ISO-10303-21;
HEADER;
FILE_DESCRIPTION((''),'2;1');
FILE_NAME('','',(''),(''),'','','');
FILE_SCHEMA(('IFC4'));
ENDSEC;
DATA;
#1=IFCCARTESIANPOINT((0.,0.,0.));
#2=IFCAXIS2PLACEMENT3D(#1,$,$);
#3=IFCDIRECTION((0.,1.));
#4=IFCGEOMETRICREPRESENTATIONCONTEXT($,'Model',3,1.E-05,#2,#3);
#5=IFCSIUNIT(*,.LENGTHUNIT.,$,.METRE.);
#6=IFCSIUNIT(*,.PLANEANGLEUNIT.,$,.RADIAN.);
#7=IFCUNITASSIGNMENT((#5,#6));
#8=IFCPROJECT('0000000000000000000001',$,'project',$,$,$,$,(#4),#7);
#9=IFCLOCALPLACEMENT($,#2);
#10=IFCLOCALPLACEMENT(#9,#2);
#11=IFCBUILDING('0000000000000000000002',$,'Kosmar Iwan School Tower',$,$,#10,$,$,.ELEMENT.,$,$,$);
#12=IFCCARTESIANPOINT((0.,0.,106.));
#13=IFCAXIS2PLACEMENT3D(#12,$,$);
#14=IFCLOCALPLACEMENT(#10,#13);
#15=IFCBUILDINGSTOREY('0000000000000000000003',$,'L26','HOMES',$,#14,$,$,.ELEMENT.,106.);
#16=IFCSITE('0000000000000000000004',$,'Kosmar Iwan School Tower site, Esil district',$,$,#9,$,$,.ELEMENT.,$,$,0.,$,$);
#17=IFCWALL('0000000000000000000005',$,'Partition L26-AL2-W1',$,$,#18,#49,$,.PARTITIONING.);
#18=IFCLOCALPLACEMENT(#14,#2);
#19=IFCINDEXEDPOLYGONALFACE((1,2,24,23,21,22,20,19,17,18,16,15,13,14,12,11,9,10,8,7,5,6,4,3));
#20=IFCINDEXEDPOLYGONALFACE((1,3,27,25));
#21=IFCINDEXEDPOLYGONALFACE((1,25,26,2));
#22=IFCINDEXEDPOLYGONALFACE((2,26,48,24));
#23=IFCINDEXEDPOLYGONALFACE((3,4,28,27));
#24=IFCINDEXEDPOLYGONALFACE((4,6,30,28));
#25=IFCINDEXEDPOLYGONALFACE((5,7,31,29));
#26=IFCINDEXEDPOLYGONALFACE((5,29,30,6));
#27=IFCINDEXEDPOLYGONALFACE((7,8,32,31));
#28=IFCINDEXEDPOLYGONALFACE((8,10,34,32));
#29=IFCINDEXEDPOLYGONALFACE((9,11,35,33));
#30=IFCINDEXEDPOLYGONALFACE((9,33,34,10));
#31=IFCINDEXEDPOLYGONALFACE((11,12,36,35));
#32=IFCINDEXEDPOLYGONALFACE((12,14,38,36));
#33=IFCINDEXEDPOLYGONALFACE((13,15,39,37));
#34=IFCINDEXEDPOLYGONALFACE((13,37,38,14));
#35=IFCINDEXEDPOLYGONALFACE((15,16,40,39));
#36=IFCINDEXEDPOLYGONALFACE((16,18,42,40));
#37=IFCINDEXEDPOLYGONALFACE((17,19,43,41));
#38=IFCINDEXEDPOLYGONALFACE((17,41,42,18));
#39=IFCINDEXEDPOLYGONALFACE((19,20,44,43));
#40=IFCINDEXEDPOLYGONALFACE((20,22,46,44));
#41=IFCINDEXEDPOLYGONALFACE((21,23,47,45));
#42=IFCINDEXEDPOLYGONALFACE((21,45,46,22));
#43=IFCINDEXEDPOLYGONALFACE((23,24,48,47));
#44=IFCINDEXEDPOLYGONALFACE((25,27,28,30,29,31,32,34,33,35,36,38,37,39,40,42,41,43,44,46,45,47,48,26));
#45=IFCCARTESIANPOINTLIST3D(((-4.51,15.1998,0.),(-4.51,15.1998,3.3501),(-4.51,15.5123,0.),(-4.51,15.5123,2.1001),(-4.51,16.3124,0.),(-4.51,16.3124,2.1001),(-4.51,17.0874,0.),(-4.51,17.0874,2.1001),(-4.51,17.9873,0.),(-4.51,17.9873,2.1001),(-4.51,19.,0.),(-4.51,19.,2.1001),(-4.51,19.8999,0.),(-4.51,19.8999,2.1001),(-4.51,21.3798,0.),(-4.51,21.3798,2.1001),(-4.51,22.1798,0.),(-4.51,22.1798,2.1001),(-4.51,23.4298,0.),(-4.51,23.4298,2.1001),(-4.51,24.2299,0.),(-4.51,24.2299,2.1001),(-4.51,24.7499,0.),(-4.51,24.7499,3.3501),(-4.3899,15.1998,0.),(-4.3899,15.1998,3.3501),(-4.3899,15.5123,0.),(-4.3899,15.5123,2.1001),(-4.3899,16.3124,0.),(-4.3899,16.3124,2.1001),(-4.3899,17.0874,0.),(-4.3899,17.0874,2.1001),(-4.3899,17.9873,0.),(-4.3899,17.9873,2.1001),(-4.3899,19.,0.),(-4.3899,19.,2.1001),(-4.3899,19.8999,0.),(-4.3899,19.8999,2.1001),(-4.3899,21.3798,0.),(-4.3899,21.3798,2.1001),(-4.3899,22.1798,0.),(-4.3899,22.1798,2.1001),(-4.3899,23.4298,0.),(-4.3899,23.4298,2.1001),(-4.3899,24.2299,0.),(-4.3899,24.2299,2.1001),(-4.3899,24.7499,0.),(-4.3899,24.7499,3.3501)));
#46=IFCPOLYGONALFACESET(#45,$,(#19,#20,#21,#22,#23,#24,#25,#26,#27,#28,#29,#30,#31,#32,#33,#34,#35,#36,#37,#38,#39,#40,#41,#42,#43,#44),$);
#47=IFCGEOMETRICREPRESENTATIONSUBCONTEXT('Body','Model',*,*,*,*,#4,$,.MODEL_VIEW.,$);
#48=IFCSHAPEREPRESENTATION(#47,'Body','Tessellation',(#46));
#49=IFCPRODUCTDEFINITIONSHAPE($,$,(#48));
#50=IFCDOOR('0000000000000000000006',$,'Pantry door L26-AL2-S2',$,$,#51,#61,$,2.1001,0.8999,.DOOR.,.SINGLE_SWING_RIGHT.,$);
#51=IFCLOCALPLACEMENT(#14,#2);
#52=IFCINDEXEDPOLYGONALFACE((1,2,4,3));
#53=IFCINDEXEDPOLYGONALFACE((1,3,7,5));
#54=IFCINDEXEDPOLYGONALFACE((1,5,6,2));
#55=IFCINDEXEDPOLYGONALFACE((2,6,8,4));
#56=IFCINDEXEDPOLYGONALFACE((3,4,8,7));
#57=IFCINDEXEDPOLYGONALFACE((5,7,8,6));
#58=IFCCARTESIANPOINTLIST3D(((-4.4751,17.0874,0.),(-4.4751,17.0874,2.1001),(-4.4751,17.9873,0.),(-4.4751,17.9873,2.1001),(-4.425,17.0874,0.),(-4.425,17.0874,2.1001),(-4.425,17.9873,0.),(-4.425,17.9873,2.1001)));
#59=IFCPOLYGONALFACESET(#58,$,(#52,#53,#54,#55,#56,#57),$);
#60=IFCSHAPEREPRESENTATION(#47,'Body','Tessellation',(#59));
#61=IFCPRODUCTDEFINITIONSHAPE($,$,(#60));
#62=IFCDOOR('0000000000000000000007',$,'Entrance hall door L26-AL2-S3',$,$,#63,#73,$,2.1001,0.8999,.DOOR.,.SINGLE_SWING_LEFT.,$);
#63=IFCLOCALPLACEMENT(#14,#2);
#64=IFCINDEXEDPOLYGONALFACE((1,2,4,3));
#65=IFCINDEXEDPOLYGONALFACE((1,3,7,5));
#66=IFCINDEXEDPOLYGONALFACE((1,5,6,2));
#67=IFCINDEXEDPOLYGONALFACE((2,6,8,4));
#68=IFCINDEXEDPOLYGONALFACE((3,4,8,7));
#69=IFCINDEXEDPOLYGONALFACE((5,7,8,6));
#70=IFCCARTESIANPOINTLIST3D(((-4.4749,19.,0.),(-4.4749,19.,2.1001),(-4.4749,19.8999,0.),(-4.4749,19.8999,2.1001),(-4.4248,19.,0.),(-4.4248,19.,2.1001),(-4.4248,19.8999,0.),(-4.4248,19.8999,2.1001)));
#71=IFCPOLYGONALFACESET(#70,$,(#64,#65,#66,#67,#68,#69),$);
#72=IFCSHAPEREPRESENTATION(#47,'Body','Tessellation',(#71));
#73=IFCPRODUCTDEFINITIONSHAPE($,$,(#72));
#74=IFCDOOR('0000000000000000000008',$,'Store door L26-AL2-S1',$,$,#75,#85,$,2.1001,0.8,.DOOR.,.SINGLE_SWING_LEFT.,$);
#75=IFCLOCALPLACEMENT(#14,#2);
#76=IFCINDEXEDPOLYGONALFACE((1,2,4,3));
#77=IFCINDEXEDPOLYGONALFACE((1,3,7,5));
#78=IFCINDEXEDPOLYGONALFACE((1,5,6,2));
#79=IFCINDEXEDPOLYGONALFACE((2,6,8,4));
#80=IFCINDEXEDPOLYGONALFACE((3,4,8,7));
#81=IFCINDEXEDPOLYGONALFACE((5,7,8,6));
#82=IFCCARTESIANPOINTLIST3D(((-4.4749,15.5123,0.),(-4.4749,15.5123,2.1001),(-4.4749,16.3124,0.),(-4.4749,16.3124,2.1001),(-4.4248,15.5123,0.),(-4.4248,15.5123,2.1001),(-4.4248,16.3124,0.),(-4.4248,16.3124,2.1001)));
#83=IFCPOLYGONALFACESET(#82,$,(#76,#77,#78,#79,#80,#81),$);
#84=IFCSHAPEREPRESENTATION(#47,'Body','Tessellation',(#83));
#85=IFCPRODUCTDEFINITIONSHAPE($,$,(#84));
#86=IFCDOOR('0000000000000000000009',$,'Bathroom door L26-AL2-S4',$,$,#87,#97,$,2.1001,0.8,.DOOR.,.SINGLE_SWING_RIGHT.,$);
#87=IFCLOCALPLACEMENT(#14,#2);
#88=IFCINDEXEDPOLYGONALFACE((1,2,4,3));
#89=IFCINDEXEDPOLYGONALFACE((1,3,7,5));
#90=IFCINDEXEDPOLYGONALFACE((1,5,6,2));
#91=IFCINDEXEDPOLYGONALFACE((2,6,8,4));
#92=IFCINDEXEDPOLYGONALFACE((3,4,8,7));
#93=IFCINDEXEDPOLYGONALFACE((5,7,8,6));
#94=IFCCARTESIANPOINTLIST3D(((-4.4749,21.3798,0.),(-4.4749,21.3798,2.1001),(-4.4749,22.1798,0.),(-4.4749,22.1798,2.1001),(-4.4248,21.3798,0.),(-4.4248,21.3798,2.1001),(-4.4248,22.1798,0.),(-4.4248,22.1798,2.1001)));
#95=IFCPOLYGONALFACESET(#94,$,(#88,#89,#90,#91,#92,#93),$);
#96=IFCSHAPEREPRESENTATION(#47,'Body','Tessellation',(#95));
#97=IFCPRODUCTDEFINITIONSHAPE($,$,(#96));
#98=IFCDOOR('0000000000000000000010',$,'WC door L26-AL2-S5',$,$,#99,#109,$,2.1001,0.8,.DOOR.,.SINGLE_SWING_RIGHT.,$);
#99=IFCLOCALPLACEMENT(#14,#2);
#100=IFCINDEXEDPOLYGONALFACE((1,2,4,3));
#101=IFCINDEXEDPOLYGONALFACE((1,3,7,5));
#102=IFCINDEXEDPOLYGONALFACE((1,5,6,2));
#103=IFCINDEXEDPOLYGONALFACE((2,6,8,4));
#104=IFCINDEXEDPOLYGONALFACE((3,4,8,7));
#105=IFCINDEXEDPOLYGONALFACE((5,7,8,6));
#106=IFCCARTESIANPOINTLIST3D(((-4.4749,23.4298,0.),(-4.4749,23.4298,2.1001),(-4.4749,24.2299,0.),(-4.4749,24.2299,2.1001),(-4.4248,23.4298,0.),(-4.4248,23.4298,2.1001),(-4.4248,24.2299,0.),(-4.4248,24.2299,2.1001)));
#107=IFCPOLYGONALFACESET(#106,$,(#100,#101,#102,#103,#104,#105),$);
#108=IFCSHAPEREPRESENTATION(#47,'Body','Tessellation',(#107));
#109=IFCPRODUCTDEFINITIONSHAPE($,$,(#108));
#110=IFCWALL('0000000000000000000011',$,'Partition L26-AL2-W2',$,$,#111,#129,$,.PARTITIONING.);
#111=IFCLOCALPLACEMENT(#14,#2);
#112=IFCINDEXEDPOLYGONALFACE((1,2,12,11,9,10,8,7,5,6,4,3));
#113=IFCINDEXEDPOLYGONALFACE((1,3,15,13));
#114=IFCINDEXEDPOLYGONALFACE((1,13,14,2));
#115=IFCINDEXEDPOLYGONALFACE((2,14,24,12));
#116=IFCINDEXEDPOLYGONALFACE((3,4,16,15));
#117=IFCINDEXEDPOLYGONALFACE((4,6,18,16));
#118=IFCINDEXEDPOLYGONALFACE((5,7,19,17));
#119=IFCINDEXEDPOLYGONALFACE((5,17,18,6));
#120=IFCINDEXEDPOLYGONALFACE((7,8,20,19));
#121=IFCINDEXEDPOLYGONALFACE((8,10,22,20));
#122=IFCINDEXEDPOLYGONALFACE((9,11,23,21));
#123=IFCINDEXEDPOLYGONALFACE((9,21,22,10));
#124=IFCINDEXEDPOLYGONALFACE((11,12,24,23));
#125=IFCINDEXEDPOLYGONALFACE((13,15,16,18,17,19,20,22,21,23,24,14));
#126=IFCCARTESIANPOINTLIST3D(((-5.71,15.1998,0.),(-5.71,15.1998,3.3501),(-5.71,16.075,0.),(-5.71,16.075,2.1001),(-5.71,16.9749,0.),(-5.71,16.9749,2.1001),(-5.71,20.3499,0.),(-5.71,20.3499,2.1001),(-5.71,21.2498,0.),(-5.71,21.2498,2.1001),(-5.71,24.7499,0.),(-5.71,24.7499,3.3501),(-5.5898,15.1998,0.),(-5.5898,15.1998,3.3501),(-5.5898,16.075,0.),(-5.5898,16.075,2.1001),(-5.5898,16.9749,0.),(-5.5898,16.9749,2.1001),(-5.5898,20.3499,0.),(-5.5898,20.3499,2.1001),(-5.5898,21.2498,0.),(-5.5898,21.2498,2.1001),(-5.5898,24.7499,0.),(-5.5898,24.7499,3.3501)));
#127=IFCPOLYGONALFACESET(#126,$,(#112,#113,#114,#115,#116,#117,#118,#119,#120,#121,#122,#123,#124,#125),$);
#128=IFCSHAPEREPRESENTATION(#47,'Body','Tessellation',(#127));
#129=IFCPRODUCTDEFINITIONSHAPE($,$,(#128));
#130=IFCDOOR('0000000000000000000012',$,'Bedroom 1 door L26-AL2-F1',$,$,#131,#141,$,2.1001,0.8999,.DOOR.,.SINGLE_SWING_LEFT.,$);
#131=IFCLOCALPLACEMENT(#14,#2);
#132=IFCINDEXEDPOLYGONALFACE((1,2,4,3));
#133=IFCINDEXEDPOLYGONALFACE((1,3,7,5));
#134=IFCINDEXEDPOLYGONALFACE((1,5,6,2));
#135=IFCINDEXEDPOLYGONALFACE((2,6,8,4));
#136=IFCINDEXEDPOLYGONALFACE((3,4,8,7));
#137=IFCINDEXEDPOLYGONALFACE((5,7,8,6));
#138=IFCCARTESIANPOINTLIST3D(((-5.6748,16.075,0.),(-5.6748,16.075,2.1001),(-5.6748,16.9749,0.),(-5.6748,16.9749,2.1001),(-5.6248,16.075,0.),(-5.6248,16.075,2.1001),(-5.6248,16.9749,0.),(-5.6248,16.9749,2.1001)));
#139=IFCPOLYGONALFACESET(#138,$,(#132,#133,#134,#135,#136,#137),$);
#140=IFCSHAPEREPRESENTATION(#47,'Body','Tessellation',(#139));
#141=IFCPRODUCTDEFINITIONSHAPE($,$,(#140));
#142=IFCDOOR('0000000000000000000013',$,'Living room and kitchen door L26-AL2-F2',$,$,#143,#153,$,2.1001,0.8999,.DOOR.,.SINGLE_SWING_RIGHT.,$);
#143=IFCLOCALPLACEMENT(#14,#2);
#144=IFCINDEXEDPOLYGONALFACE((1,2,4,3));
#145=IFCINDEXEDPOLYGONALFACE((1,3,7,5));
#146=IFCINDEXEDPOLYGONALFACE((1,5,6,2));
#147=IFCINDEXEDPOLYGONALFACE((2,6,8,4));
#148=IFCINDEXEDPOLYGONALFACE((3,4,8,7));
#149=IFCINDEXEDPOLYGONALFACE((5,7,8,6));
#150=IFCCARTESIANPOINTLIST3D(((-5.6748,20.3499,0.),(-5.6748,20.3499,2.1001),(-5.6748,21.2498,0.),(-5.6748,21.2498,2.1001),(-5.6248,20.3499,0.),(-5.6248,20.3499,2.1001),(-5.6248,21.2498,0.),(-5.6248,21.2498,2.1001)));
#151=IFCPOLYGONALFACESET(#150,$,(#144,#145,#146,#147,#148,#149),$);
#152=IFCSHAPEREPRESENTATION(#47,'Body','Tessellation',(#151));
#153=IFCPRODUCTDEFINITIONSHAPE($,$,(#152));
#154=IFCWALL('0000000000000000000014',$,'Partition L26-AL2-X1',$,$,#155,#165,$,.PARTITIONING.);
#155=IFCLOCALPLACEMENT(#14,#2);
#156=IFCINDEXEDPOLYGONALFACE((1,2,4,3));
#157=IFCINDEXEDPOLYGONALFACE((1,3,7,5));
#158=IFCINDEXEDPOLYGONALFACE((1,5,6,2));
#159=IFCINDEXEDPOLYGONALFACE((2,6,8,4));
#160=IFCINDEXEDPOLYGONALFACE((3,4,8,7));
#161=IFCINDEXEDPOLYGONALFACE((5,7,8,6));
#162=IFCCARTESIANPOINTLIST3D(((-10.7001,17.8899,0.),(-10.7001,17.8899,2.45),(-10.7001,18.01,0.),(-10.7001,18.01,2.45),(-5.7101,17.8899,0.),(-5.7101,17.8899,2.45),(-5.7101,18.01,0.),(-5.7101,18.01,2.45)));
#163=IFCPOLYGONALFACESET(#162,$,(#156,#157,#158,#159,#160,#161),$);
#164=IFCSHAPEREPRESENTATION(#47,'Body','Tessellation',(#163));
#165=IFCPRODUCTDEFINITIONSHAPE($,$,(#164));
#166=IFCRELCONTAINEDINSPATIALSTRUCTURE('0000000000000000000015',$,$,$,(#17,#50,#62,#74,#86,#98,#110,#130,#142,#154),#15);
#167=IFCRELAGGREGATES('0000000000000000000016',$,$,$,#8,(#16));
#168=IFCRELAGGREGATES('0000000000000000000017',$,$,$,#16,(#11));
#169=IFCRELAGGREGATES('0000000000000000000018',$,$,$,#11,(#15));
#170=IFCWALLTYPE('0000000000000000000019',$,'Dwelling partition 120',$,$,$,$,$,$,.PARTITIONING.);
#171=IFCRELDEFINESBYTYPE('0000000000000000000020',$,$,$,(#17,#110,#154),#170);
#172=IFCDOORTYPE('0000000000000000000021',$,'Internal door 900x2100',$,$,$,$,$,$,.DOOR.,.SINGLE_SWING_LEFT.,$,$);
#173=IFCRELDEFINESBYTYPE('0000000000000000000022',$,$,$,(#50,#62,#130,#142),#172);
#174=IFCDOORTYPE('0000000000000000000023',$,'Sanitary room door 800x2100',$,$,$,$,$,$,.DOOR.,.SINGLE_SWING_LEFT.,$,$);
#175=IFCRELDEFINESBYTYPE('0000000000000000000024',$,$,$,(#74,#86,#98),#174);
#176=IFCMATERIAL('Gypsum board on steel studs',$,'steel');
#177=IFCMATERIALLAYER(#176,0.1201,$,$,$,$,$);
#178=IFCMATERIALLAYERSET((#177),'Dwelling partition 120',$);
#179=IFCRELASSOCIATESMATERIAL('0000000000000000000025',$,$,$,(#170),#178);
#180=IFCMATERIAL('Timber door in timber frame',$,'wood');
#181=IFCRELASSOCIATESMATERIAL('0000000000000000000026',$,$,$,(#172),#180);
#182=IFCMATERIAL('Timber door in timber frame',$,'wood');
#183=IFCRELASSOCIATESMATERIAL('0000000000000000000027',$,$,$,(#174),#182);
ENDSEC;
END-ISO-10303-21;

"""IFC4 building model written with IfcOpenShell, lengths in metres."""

from ifc_helpers import new_model, si_unit, direction, frame, frame_2d, origin, place, context, subcontext, project, spatial, rectangle, extrude, material, layer, layer_set, type_object, element, fill, save


model = new_model("IFC4")

# Units and contexts
model_context = context("Model", 3, precision=1e-05, world=origin(), true_north=direction((0.0, 1.0)))
body_context = subcontext(model_context, "Body", "Model", "MODEL_VIEW")
ifc_project = project(units=[si_unit("LENGTHUNIT", "METRE"), si_unit("PLANEANGLEUNIT", "RADIAN")], contexts=[model_context])

# Site, building, storey
site_placement = place(None, origin())
site = spatial("IfcSite", under=ifc_project, at=site_placement, Name="Kosmar Iwan School Tower site, Esil district", CompositionType="ELEMENT", RefElevation=0.0)
building_placement = place(site_placement, origin())
building = spatial("IfcBuilding", under=site, at=building_placement, Name="Kosmar Iwan School Tower", CompositionType="ELEMENT")
storey_placement = place(building_placement, frame((0.0, 0.0, 106.0)))
storey = spatial("IfcBuildingStorey", under=building, at=storey_placement, Name="L26", Description="HOMES", CompositionType="ELEMENT", Elevation=106.0)

# Shared definitions
ifc_material_1 = material(Name="Gypsum board on steel studs", Category="steel")
ifc_layer_1 = layer(ifc_material_1, 0.1201)
ifc_layer_set_1 = layer_set([ifc_layer_1], Name="Dwelling partition 120")
wall_type_1 = type_object("IfcWallType", Name="Dwelling partition 120", PredefinedType="PARTITIONING", material=ifc_layer_set_1)

# Walls, openings, doors
wall_1_placement = place(storey_placement, frame((-4.45, 15.2, 0.0), z_axis=(0.0, 0.0, 1.0), x_axis=(0.0, 1.0, 0.0)))
wall_1 = element("IfcWall", 1, at=wall_1_placement, inside=storey, type_object=wall_type_1, Name="Partition L26-AL2-W1", PredefinedType="PARTITIONING", context=body_context, shape_type="SweptSolid", body=[
    extrude(rectangle(XDim=9.55, YDim=0.1201, at=frame_2d((4.7749, 0.0))), origin(), (0.0, 0.0, 1.0), 3.3501),
])
opening_1_placement = place(wall_1_placement, frame((0.3125, 0.0, 0.0)))
opening_1 = element("IfcOpeningElement", 2, at=opening_1_placement, cuts=wall_1, PredefinedType="OPENING", context=body_context, shape_type="SweptSolid", body=[
    extrude(rectangle(XDim=0.8, YDim=2.1001, at=frame_2d((0.3999, 1.05))), frame((0.0, 0.072, 0.0), z_axis=(0.0, -1.0, 0.0), x_axis=(1.0, 0.0, 0.0)), (0.0, 0.0, 1.0), 0.144),
])
opening_2_placement = place(wall_1_placement, frame((1.8875, 0.0, 0.0)))
opening_2 = element("IfcOpeningElement", 3, at=opening_2_placement, cuts=wall_1, PredefinedType="OPENING", context=body_context, shape_type="SweptSolid", body=[
    extrude(rectangle(XDim=0.8999, YDim=2.1001, at=frame_2d((0.45, 1.05))), frame((0.0, 0.072, 0.0), z_axis=(0.0, -1.0, 0.0), x_axis=(1.0, 0.0, 0.0)), (0.0, 0.0, 1.0), 0.144),
])
opening_3_placement = place(wall_1_placement, frame((3.8, 0.0, 0.0)))
opening_3 = element("IfcOpeningElement", 4, at=opening_3_placement, cuts=wall_1, PredefinedType="OPENING", context=body_context, shape_type="SweptSolid", body=[
    extrude(rectangle(XDim=0.8999, YDim=2.1001, at=frame_2d((0.45, 1.05))), frame((0.0, 0.072, 0.0), z_axis=(0.0, -1.0, 0.0), x_axis=(1.0, 0.0, 0.0)), (0.0, 0.0, 1.0), 0.144),
])
opening_4_placement = place(wall_1_placement, frame((6.1799, 0.0, 0.0)))
opening_4 = element("IfcOpeningElement", 5, at=opening_4_placement, cuts=wall_1, PredefinedType="OPENING", context=body_context, shape_type="SweptSolid", body=[
    extrude(rectangle(XDim=0.8, YDim=2.1001, at=frame_2d((0.3999, 1.05))), frame((0.0, 0.072, 0.0), z_axis=(0.0, -1.0, 0.0), x_axis=(1.0, 0.0, 0.0)), (0.0, 0.0, 1.0), 0.144),
])
opening_5_placement = place(wall_1_placement, frame((8.23, 0.0, 0.0)))
opening_5 = element("IfcOpeningElement", 6, at=opening_5_placement, cuts=wall_1, PredefinedType="OPENING", context=body_context, shape_type="SweptSolid", body=[
    extrude(rectangle(XDim=0.8, YDim=2.1001, at=frame_2d((0.3999, 1.05))), frame((0.0, 0.072, 0.0), z_axis=(0.0, -1.0, 0.0), x_axis=(1.0, 0.0, 0.0)), (0.0, 0.0, 1.0), 0.144),
])
ifc_material_2 = material(Name="Timber door in timber frame", Category="wood")
door_type_1 = type_object("IfcDoorType", Name="Internal door 900x2100", OperationType="SINGLE_SWING_LEFT", PredefinedType="DOOR", material=ifc_material_2)
door_1_placement = place(opening_2_placement, frame((0.8999, 0.0, 0.0), z_axis=(0.0, 0.0, 1.0), x_axis=(-1.0, 0.0, 0.0)))
door_1 = element("IfcDoor", 7, at=door_1_placement, inside=storey, type_object=door_type_1, Name="Pantry door L26-AL2-S2", OperationType="SINGLE_SWING_RIGHT", OverallHeight=2.1001, OverallWidth=0.8999, PredefinedType="DOOR", context=body_context, shape_type="SweptSolid", body=[
    extrude(rectangle(XDim=0.8999, YDim=2.1001, at=frame_2d((0.45, 1.05))), frame((0.0, 0.0249, 0.0), z_axis=(0.0, -1.0, 0.0), x_axis=(1.0, 0.0, 0.0)), (0.0, 0.0, 1.0), 0.05),
])
fill(opening_2, door_1)
door_2_placement = place(opening_3_placement, origin())
door_2 = element("IfcDoor", 8, at=door_2_placement, inside=storey, type_object=door_type_1, Name="Entrance hall door L26-AL2-S3", OperationType="SINGLE_SWING_LEFT", OverallHeight=2.1001, OverallWidth=0.8999, PredefinedType="DOOR", context=body_context, shape_type="SweptSolid", body=[
    extrude(rectangle(XDim=0.8999, YDim=2.1001, at=frame_2d((0.45, 1.05))), frame((0.0, 0.0249, 0.0), z_axis=(0.0, -1.0, 0.0), x_axis=(1.0, 0.0, 0.0)), (0.0, 0.0, 1.0), 0.05),
])
fill(opening_3, door_2)
ifc_material_3 = material(Name="Timber door in timber frame", Category="wood")
door_type_2 = type_object("IfcDoorType", Name="Sanitary room door 800x2100", OperationType="SINGLE_SWING_LEFT", PredefinedType="DOOR", material=ifc_material_3)
door_3_placement = place(opening_1_placement, origin())
door_3 = element("IfcDoor", 9, at=door_3_placement, inside=storey, type_object=door_type_2, Name="Store door L26-AL2-S1", OperationType="SINGLE_SWING_LEFT", OverallHeight=2.1001, OverallWidth=0.8, PredefinedType="DOOR", context=body_context, shape_type="SweptSolid", body=[
    extrude(rectangle(XDim=0.8, YDim=2.1001, at=frame_2d((0.3999, 1.05))), frame((0.0, 0.0249, 0.0), z_axis=(0.0, -1.0, 0.0), x_axis=(1.0, 0.0, 0.0)), (0.0, 0.0, 1.0), 0.05),
])
fill(opening_1, door_3)
door_4_placement = place(opening_4_placement, origin())
door_4 = element("IfcDoor", 10, at=door_4_placement, inside=storey, type_object=door_type_2, Name="Bathroom door L26-AL2-S4", OperationType="SINGLE_SWING_RIGHT", OverallHeight=2.1001, OverallWidth=0.8, PredefinedType="DOOR", context=body_context, shape_type="SweptSolid", body=[
    extrude(rectangle(XDim=0.8, YDim=2.1001, at=frame_2d((0.3999, 1.05))), frame((0.0, 0.0249, 0.0), z_axis=(0.0, -1.0, 0.0), x_axis=(1.0, 0.0, 0.0)), (0.0, 0.0, 1.0), 0.05),
])
fill(opening_4, door_4)
door_5_placement = place(opening_5_placement, origin())
door_5 = element("IfcDoor", 11, at=door_5_placement, inside=storey, type_object=door_type_2, Name="WC door L26-AL2-S5", OperationType="SINGLE_SWING_RIGHT", OverallHeight=2.1001, OverallWidth=0.8, PredefinedType="DOOR", context=body_context, shape_type="SweptSolid", body=[
    extrude(rectangle(XDim=0.8, YDim=2.1001, at=frame_2d((0.3999, 1.05))), frame((0.0, 0.0249, 0.0), z_axis=(0.0, -1.0, 0.0), x_axis=(1.0, 0.0, 0.0)), (0.0, 0.0, 1.0), 0.05),
])
fill(opening_5, door_5)
wall_2_placement = place(storey_placement, frame((-5.6499, 15.2, 0.0), z_axis=(0.0, 0.0, 1.0), x_axis=(0.0, 1.0, 0.0)))
wall_2 = element("IfcWall", 12, at=wall_2_placement, inside=storey, type_object=wall_type_1, Name="Partition L26-AL2-W2", PredefinedType="PARTITIONING", context=body_context, shape_type="SweptSolid", body=[
    extrude(rectangle(XDim=9.55, YDim=0.1201, at=frame_2d((4.7749, 0.0))), origin(), (0.0, 0.0, 1.0), 3.3501),
])
opening_6_placement = place(wall_2_placement, frame((0.875, 0.0, 0.0)))
opening_6 = element("IfcOpeningElement", 13, at=opening_6_placement, cuts=wall_2, PredefinedType="OPENING", context=body_context, shape_type="SweptSolid", body=[
    extrude(rectangle(XDim=0.8999, YDim=2.1001, at=frame_2d((0.45, 1.05))), frame((0.0, 0.072, 0.0), z_axis=(0.0, -1.0, 0.0), x_axis=(1.0, 0.0, 0.0)), (0.0, 0.0, 1.0), 0.144),
])
opening_7_placement = place(wall_2_placement, frame((5.1499, 0.0, 0.0)))
opening_7 = element("IfcOpeningElement", 14, at=opening_7_placement, cuts=wall_2, PredefinedType="OPENING", context=body_context, shape_type="SweptSolid", body=[
    extrude(rectangle(XDim=0.8999, YDim=2.1001, at=frame_2d((0.45, 1.05))), frame((0.0, 0.072, 0.0), z_axis=(0.0, -1.0, 0.0), x_axis=(1.0, 0.0, 0.0)), (0.0, 0.0, 1.0), 0.144),
])
door_6_placement = place(opening_6_placement, origin())
door_6 = element("IfcDoor", 15, at=door_6_placement, inside=storey, type_object=door_type_1, Name="Bedroom 1 door L26-AL2-F1", OperationType="SINGLE_SWING_LEFT", OverallHeight=2.1001, OverallWidth=0.8999, PredefinedType="DOOR", context=body_context, shape_type="SweptSolid", body=[
    extrude(rectangle(XDim=0.8999, YDim=2.1001, at=frame_2d((0.45, 1.05))), frame((0.0, 0.0249, 0.0), z_axis=(0.0, -1.0, 0.0), x_axis=(1.0, 0.0, 0.0)), (0.0, 0.0, 1.0), 0.05),
])
fill(opening_6, door_6)
door_7_placement = place(opening_7_placement, origin())
door_7 = element("IfcDoor", 16, at=door_7_placement, inside=storey, type_object=door_type_1, Name="Living room and kitchen door L26-AL2-F2", OperationType="SINGLE_SWING_RIGHT", OverallHeight=2.1001, OverallWidth=0.8999, PredefinedType="DOOR", context=body_context, shape_type="SweptSolid", body=[
    extrude(rectangle(XDim=0.8999, YDim=2.1001, at=frame_2d((0.45, 1.05))), frame((0.0, 0.0249, 0.0), z_axis=(0.0, -1.0, 0.0), x_axis=(1.0, 0.0, 0.0)), (0.0, 0.0, 1.0), 0.05),
])
fill(opening_7, door_7)

# Wall
wall_3_placement = place(storey_placement, frame((-5.71, 17.95, 0.0), z_axis=(0.0, 0.0, 1.0), x_axis=(-1.0, 0.0, 0.0)))
element("IfcWall", 17, at=wall_3_placement, inside=storey, type_object=wall_type_1, Name="Partition L26-AL2-X1", PredefinedType="PARTITIONING", context=body_context, shape_type="SweptSolid", body=[
    extrude(rectangle(XDim=4.99, YDim=0.1201, at=frame_2d((2.4951, 0.0))), origin(), (0.0, 0.0, 1.0), 2.45),
])

save(model, "model.ifc")
